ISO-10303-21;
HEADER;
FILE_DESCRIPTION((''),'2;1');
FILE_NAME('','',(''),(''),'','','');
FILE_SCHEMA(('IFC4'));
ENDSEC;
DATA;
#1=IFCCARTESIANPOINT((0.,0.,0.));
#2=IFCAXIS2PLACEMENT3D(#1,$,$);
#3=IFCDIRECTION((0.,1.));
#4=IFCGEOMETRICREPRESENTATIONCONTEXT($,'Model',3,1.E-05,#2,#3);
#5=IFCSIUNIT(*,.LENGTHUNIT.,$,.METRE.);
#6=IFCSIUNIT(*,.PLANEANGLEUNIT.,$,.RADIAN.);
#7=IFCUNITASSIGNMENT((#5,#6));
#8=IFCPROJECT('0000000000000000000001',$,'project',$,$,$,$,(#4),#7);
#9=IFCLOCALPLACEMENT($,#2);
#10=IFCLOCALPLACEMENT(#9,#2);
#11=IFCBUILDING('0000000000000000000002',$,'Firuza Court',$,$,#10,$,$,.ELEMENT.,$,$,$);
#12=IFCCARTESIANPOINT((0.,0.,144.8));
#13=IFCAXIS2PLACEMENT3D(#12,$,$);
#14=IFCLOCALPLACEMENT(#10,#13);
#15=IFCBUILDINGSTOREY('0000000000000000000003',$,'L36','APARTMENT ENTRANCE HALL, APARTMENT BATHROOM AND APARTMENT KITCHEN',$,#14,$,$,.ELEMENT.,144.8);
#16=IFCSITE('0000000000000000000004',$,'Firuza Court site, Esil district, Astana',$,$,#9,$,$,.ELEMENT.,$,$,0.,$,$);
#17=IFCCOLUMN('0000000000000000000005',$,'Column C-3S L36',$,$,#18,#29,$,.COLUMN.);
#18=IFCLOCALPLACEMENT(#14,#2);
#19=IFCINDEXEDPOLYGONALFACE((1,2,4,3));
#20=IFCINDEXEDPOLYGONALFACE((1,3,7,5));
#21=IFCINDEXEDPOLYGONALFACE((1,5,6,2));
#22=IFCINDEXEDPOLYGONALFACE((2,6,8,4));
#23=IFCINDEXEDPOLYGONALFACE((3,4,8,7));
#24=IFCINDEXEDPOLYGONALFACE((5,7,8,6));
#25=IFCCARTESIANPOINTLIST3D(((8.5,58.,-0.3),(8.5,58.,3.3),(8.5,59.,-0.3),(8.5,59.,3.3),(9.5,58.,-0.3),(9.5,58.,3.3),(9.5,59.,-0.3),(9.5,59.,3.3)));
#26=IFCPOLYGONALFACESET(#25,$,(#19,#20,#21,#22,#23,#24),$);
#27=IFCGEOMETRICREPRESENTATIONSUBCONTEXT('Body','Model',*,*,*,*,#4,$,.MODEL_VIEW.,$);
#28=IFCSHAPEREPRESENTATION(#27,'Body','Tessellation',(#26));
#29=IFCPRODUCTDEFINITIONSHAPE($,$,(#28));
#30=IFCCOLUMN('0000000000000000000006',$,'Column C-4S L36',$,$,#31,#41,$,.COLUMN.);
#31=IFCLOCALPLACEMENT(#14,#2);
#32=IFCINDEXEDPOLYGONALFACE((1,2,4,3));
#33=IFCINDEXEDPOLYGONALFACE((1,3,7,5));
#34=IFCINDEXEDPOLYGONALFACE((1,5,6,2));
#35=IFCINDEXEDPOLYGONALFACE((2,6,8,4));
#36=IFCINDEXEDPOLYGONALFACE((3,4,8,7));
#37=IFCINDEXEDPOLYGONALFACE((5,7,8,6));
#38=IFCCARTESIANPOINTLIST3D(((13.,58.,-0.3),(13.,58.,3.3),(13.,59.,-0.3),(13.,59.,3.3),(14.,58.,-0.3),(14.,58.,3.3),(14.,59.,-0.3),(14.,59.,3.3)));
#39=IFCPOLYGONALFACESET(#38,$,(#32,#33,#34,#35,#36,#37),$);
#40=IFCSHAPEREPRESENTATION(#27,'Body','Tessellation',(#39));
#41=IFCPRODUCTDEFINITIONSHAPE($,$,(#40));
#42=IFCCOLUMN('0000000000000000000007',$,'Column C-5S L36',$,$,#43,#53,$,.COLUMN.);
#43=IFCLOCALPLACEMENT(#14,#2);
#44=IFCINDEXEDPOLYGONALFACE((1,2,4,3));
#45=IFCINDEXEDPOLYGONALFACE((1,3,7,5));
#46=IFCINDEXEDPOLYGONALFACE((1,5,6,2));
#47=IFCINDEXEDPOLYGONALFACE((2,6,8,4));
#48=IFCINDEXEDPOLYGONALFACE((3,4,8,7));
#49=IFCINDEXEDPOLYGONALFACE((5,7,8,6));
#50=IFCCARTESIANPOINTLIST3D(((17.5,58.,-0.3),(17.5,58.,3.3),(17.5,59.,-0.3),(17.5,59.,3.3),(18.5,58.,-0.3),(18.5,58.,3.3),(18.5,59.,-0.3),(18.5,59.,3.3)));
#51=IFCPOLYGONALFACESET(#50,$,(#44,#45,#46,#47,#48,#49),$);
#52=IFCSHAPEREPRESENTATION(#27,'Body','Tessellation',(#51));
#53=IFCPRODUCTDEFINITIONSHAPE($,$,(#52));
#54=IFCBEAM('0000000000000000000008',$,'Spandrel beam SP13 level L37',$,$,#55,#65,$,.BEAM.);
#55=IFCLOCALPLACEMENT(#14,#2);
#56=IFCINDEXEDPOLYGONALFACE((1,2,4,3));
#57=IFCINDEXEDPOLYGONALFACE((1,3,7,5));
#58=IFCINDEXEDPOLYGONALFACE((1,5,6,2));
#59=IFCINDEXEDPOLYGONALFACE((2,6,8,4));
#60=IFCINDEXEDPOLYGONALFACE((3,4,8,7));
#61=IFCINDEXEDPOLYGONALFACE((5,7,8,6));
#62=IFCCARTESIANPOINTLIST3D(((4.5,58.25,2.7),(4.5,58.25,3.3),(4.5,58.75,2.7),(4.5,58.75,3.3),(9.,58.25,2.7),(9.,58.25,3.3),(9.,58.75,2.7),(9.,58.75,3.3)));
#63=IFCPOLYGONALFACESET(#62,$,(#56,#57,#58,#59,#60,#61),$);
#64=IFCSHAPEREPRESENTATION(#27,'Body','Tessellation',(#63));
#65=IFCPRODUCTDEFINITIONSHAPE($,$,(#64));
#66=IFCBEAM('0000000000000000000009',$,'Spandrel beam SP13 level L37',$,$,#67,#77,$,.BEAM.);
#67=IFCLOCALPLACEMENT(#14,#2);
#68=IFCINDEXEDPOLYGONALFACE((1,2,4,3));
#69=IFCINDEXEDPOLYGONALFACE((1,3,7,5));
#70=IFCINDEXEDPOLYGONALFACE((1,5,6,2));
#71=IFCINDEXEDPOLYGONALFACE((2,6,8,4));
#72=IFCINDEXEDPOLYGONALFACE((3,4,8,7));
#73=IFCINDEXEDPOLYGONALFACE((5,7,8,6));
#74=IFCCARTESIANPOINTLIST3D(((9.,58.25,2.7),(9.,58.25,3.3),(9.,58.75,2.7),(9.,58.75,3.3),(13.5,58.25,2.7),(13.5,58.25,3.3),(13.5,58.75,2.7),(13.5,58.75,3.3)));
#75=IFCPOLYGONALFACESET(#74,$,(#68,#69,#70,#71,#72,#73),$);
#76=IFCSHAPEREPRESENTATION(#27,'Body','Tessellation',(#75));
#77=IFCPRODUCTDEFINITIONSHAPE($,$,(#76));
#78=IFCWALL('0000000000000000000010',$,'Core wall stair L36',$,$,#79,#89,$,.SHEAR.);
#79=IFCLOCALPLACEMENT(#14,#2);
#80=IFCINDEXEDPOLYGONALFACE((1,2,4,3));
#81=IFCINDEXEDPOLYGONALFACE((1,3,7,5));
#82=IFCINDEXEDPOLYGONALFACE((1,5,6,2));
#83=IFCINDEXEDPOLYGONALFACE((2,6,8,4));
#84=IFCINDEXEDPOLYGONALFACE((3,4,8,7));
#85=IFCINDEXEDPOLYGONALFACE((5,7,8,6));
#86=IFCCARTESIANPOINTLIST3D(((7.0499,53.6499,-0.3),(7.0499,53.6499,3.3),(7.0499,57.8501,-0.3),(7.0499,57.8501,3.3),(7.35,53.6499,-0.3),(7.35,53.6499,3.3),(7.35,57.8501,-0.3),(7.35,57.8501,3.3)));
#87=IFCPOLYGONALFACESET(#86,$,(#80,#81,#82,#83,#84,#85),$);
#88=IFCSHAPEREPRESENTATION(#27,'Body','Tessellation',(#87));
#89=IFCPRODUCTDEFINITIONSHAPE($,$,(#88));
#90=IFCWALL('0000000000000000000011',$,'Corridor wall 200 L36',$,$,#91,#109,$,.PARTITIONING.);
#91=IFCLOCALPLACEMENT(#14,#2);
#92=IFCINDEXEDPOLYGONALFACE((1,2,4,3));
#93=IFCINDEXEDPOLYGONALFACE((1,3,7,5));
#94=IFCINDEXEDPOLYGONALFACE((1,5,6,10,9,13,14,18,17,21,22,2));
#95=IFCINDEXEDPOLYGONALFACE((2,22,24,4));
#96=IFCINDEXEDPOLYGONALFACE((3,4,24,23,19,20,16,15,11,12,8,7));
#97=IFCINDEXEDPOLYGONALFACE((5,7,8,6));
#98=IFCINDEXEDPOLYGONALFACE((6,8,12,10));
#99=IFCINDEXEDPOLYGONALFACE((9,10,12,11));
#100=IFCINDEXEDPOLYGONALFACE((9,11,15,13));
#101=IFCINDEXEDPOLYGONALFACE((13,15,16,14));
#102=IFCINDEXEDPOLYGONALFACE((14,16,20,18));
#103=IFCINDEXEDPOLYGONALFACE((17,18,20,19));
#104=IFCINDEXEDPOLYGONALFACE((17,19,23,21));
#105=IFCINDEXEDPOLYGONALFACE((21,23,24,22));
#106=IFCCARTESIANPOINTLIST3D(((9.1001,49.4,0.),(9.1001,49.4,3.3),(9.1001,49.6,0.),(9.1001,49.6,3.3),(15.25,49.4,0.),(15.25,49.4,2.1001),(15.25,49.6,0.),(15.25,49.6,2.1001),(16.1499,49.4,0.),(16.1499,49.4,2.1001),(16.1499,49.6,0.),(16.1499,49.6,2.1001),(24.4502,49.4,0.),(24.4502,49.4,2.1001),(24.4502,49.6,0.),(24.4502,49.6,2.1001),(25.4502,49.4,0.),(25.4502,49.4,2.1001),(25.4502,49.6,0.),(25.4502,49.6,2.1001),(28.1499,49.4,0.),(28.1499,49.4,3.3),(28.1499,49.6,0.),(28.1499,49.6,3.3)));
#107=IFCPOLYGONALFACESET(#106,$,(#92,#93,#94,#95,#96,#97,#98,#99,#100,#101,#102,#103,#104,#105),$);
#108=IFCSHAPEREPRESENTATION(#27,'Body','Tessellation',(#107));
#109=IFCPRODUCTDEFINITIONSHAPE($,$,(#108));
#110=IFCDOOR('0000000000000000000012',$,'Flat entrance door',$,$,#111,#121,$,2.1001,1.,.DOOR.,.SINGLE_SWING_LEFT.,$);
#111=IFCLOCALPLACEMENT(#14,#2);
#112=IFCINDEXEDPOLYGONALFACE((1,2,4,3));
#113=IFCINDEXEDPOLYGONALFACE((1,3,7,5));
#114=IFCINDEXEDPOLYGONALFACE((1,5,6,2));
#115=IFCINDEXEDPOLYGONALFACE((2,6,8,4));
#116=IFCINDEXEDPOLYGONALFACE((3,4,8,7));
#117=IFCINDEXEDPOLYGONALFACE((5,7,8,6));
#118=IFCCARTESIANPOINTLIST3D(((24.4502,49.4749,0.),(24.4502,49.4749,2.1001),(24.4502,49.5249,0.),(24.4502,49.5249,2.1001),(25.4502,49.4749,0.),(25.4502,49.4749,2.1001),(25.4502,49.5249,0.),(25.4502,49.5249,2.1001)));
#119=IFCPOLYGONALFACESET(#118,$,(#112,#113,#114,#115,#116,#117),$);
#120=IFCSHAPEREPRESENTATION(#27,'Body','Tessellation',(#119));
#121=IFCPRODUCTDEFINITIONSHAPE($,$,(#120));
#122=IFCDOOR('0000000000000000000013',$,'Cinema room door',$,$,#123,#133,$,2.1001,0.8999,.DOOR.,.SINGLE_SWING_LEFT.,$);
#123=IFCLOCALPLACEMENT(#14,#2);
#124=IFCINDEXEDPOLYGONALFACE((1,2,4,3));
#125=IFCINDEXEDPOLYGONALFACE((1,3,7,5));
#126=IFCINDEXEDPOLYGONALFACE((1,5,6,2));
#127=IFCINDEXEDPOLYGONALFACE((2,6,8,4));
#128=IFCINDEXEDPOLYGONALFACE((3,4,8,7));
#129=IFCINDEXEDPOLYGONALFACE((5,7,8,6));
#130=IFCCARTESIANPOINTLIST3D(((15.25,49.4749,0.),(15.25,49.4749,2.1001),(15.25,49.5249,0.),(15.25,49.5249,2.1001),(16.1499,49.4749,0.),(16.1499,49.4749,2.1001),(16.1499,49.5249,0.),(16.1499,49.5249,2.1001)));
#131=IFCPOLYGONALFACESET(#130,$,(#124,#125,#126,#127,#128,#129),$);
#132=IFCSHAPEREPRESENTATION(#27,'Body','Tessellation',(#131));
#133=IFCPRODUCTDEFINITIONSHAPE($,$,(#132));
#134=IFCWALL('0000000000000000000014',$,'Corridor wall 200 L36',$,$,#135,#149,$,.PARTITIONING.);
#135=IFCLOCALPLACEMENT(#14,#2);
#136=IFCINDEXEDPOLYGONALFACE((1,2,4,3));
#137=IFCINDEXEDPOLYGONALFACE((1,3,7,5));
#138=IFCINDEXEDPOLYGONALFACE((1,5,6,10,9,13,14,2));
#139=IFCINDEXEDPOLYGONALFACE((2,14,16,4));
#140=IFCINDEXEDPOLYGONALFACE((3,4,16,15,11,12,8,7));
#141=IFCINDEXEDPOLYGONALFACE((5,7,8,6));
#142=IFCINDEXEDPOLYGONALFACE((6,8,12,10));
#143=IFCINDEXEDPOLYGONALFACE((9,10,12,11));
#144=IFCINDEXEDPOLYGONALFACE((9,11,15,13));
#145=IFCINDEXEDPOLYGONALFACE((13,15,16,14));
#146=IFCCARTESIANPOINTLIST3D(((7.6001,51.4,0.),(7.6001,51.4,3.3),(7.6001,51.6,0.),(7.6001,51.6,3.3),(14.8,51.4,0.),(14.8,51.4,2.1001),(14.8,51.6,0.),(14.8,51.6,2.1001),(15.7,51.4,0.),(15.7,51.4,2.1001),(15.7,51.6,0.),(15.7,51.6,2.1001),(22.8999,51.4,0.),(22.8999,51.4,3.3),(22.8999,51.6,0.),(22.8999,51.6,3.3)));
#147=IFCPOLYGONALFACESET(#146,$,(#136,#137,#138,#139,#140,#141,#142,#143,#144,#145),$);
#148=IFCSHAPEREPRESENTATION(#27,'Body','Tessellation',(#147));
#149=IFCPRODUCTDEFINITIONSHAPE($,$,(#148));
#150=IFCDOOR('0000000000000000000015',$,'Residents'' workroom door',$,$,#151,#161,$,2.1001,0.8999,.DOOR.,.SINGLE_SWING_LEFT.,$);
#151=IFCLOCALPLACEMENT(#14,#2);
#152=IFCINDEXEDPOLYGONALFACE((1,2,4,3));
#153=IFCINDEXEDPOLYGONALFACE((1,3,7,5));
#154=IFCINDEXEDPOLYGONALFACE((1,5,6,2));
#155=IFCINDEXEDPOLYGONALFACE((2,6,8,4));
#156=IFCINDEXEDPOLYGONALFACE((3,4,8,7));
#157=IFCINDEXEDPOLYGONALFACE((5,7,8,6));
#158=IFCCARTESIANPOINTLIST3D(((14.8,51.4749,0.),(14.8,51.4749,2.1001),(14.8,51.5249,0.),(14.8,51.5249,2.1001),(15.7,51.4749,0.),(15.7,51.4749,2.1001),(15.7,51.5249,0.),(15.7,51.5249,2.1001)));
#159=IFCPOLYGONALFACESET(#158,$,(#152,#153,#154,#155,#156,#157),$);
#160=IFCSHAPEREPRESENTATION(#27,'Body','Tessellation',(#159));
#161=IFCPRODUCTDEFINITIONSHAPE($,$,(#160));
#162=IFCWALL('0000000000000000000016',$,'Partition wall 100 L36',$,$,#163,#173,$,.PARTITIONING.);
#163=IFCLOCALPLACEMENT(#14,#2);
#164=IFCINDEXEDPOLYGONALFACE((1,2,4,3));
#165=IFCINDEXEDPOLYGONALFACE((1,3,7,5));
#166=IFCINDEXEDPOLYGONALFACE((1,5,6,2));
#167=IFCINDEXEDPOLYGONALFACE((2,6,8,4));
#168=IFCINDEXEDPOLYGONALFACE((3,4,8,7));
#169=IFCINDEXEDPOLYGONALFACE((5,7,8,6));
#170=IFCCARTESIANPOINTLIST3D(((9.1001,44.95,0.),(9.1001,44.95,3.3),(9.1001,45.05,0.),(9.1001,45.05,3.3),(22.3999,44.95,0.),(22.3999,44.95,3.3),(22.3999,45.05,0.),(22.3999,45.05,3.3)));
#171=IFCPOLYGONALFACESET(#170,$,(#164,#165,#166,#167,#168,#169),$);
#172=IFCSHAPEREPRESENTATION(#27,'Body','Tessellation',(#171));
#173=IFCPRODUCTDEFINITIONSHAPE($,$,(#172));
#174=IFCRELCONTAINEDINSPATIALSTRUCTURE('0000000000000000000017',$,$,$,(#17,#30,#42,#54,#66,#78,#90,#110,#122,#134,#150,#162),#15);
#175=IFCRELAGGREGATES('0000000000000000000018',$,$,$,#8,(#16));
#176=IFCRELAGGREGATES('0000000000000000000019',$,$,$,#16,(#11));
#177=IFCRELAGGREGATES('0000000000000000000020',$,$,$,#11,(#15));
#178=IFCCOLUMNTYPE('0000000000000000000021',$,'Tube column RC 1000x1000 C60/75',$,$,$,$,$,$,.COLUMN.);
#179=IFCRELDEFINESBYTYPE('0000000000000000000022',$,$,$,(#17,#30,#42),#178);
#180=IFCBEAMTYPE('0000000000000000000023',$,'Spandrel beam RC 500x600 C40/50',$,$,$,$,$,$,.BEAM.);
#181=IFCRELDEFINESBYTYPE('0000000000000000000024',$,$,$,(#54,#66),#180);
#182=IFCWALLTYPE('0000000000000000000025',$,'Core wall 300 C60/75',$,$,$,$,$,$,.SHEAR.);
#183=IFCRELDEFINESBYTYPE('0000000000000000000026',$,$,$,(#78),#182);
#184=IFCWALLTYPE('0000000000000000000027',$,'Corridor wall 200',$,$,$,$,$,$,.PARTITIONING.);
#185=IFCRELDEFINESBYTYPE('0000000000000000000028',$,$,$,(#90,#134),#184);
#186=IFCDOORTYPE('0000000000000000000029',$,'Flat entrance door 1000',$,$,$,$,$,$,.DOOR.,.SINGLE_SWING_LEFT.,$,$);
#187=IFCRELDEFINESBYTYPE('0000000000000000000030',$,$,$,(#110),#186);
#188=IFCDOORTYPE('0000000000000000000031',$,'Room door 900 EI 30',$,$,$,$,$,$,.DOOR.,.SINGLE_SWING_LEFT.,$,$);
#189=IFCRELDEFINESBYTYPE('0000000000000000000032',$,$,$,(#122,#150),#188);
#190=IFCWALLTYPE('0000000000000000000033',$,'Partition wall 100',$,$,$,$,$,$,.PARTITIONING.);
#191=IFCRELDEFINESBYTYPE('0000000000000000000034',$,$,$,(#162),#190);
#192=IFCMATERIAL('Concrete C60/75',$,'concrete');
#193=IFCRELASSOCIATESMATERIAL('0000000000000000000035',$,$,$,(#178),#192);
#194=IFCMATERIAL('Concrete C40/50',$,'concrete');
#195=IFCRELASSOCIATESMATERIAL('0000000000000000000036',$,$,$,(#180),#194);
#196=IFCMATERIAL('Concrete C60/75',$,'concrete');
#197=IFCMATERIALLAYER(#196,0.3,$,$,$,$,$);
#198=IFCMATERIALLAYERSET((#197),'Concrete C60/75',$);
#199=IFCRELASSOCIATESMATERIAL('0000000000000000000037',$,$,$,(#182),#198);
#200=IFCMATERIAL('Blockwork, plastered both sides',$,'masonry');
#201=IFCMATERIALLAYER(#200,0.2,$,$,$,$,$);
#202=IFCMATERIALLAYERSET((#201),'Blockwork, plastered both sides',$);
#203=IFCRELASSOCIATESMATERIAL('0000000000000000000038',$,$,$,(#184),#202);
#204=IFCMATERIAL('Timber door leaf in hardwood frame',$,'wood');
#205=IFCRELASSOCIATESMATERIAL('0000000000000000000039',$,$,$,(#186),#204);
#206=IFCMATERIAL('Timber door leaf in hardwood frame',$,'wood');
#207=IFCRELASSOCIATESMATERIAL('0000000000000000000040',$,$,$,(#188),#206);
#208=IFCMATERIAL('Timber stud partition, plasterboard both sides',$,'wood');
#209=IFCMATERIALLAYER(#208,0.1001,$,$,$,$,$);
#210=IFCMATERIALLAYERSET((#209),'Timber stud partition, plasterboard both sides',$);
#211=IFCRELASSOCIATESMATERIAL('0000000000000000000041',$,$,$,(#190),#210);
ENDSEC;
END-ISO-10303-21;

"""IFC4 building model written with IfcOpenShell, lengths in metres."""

from ifc_helpers import new_model, si_unit, direction, frame, frame_2d, origin, origin_2d, place, context, subcontext, project, spatial, rectangle, extrude, material, layer, layer_set, material_profile, profile_set, type_object, element, fill, save


model = new_model("IFC4")

# Units and contexts
model_context = context("Model", 3, precision=1e-05, world=origin(), true_north=direction((0.0, 1.0)))
body_context = subcontext(model_context, "Body", "Model", "MODEL_VIEW")
ifc_project = project(units=[si_unit("LENGTHUNIT", "METRE"), si_unit("PLANEANGLEUNIT", "RADIAN")], contexts=[model_context])

# Site, building, storey
site_placement = place(None, origin())
site = spatial("IfcSite", under=ifc_project, at=site_placement, Name="Firuza Court site, Esil district, Astana", CompositionType="ELEMENT", RefElevation=0.0)
building_placement = place(site_placement, origin())
building = spatial("IfcBuilding", under=site, at=building_placement, Name="Firuza Court", CompositionType="ELEMENT")
storey_placement = place(building_placement, frame((0.0, 0.0, 144.8)))
storey = spatial("IfcBuildingStorey", under=building, at=storey_placement, Name="L36", Description="APARTMENT ENTRANCE HALL, APARTMENT BATHROOM AND APARTMENT KITCHEN", CompositionType="ELEMENT", Elevation=144.8)

# Columns
ifc_material_1 = material(Name="Concrete C60/75", Category="concrete")
ifc_material_profile_1 = material_profile(ifc_material_1, rectangle(XDim=1.0, YDim=1.0, at=origin_2d()), Name="RC 1000x1000")
ifc_profile_set_1 = profile_set([ifc_material_profile_1], Name="Concrete C60/75")
column_type = type_object("IfcColumnType", Name="Tube column RC 1000x1000 C60/75", PredefinedType="COLUMN", material=ifc_profile_set_1)
for number, where, z_axis, x_axis, name in (
    (1, (9.0, 58.5, -0.3), (0.0, 0.0, 1.0), (1.0, 0.0, 0.0), "Column C-3S L36"),
    (2, (13.5, 58.5, -0.3), (0.0, 0.0, 1.0), (1.0, 0.0, 0.0), "Column C-4S L36"),
    (3, (18.0, 58.5, -0.3), (0.0, 0.0, 1.0), (1.0, 0.0, 0.0), "Column C-5S L36"),
):
    element("IfcColumn", number, at=place(storey_placement, frame(where, z_axis=z_axis, x_axis=x_axis)), inside=storey, type_object=column_type, Name=name, PredefinedType="COLUMN", context=body_context, shape_type="SweptSolid", body=[
        extrude(rectangle(XDim=1.0, YDim=1.0, at=origin_2d()), origin(), (0.0, 0.0, 1.0), 3.6001),
    ])

# Beams
ifc_material_2 = material(Name="Concrete C40/50", Category="concrete")
ifc_material_profile_2 = material_profile(ifc_material_2, rectangle(XDim=0.5, YDim=0.6001, at=origin_2d()), Name="RC 500x600")
ifc_profile_set_2 = profile_set([ifc_material_profile_2], Name="Concrete C40/50")
beam_type = type_object("IfcBeamType", Name="Spandrel beam RC 500x600 C40/50", PredefinedType="BEAM", material=ifc_profile_set_2)
for number, where, z_axis, x_axis, name in (
    (4, (9.0, 58.5, 3.0), (-1.0, 0.0, 0.0), (0.0, -1.0, 0.0), "Spandrel beam SP13 level L37"),
    (5, (13.5, 58.5, 3.0), (-1.0, 0.0, 0.0), (0.0, -1.0, 0.0), "Spandrel beam SP13 level L37"),
):
    element("IfcBeam", number, at=place(storey_placement, frame(where, z_axis=z_axis, x_axis=x_axis)), inside=storey, type_object=beam_type, Name=name, PredefinedType="BEAM", context=body_context, shape_type="SweptSolid", body=[
        extrude(rectangle(XDim=0.5, YDim=0.6001, at=origin_2d()), origin(), (0.0, 0.0, 1.0), 4.5),
    ])

# Wall
ifc_material_3 = material(Name="Concrete C60/75", Category="concrete")
ifc_layer_1 = layer(ifc_material_3, 0.3)
ifc_layer_set_1 = layer_set([ifc_layer_1], Name="Concrete C60/75")
wall_type_1 = type_object("IfcWallType", Name="Core wall 300 C60/75", PredefinedType="SHEAR", material=ifc_layer_set_1)
wall_1_placement = place(storey_placement, frame((7.2, 53.6499, -0.3), z_axis=(0.0, 0.0, 1.0), x_axis=(0.0, 1.0, 0.0)))
element("IfcWall", 6, at=wall_1_placement, inside=storey, type_object=wall_type_1, Name="Core wall stair L36", PredefinedType="SHEAR", context=body_context, shape_type="SweptSolid", body=[
    extrude(rectangle(XDim=4.2002, YDim=0.3, at=frame_2d((2.1001, 0.0))), origin(), (0.0, 0.0, 1.0), 3.6001),
])

# Wall, openings, doors
ifc_material_4 = material(Name="Blockwork, plastered both sides", Category="masonry")
ifc_layer_2 = layer(ifc_material_4, 0.2)
ifc_layer_set_2 = layer_set([ifc_layer_2], Name="Blockwork, plastered both sides")
wall_type_2 = type_object("IfcWallType", Name="Corridor wall 200", PredefinedType="PARTITIONING", material=ifc_layer_set_2)
wall_2_placement = place(storey_placement, frame((9.1001, 49.5, 0.0), z_axis=(0.0, 0.0, 1.0), x_axis=(1.0, 0.0, 0.0)))
wall_2 = element("IfcWall", 7, at=wall_2_placement, inside=storey, type_object=wall_type_2, Name="Corridor wall 200 L36", PredefinedType="PARTITIONING", context=body_context, shape_type="SweptSolid", body=[
    extrude(rectangle(XDim=19.0498, YDim=0.2, at=frame_2d((9.5249, 0.0))), origin(), (0.0, 0.0, 1.0), 3.3),
])
opening_1_placement = place(wall_2_placement, frame((15.3501, 0.0, 0.0)))
opening_1 = element("IfcOpeningElement", 8, at=opening_1_placement, cuts=wall_2, PredefinedType="OPENING", context=body_context, shape_type="SweptSolid", body=[
    extrude(rectangle(XDim=1.0, YDim=2.1001, at=frame_2d((0.5, 1.05))), frame((0.0, 0.1118, 0.0), z_axis=(0.0, -1.0, 0.0), x_axis=(1.0, 0.0, 0.0)), (0.0, 0.0, 1.0), 0.2239),
])
opening_2_placement = place(wall_2_placement, frame((6.1499, 0.0, 0.0)))
opening_2 = element("IfcOpeningElement", 9, at=opening_2_placement, cuts=wall_2, PredefinedType="OPENING", context=body_context, shape_type="SweptSolid", body=[
    extrude(rectangle(XDim=0.8999, YDim=2.1001, at=frame_2d((0.45, 1.05))), frame((0.0, 0.1118, 0.0), z_axis=(0.0, -1.0, 0.0), x_axis=(1.0, 0.0, 0.0)), (0.0, 0.0, 1.0), 0.2239),
])
ifc_material_5 = material(Name="Timber door leaf in hardwood frame", Category="wood")
door_type_1 = type_object("IfcDoorType", Name="Flat entrance door 1000", OperationType="SINGLE_SWING_LEFT", PredefinedType="DOOR", material=ifc_material_5)
door_1_placement = place(opening_1_placement, origin())
door_1 = element("IfcDoor", 10, at=door_1_placement, inside=storey, type_object=door_type_1, Name="Flat entrance door", OperationType="SINGLE_SWING_LEFT", OverallHeight=2.1001, OverallWidth=1.0, PredefinedType="DOOR", context=body_context, shape_type="SweptSolid", body=[
    extrude(rectangle(XDim=1.0, YDim=2.1001, at=frame_2d((0.5, 1.05))), frame((0.0, 0.0249, 0.0), z_axis=(0.0, -1.0, 0.0), x_axis=(1.0, 0.0, 0.0)), (0.0, 0.0, 1.0), 0.05),
])
fill(opening_1, door_1)
ifc_material_6 = material(Name="Timber door leaf in hardwood frame", Category="wood")
door_type_2 = type_object("IfcDoorType", Name="Room door 900 EI 30", OperationType="SINGLE_SWING_LEFT", PredefinedType="DOOR", material=ifc_material_6)
door_2_placement = place(opening_2_placement, origin())
door_2 = element("IfcDoor", 11, at=door_2_placement, inside=storey, type_object=door_type_2, Name="Cinema room door", OperationType="SINGLE_SWING_LEFT", OverallHeight=2.1001, OverallWidth=0.8999, PredefinedType="DOOR", context=body_context, shape_type="SweptSolid", body=[
    extrude(rectangle(XDim=0.8999, YDim=2.1001, at=frame_2d((0.45, 1.05))), frame((0.0, 0.0249, 0.0), z_axis=(0.0, -1.0, 0.0), x_axis=(1.0, 0.0, 0.0)), (0.0, 0.0, 1.0), 0.05),
])
fill(opening_2, door_2)

# Wall, opening, door
wall_3_placement = place(storey_placement, frame((7.6001, 51.5, 0.0), z_axis=(0.0, 0.0, 1.0), x_axis=(1.0, 0.0, 0.0)))
wall_3 = element("IfcWall", 12, at=wall_3_placement, inside=storey, type_object=wall_type_2, Name="Corridor wall 200 L36", PredefinedType="PARTITIONING", context=body_context, shape_type="SweptSolid", body=[
    extrude(rectangle(XDim=15.2998, YDim=0.2, at=frame_2d((7.6499, 0.0))), origin(), (0.0, 0.0, 1.0), 3.3),
])
opening_3_placement = place(wall_3_placement, frame((7.2, 0.0, 0.0)))
opening_3 = element("IfcOpeningElement", 13, at=opening_3_placement, cuts=wall_3, PredefinedType="OPENING", context=body_context, shape_type="SweptSolid", body=[
    extrude(rectangle(XDim=0.8999, YDim=2.1001, at=frame_2d((0.45, 1.05))), frame((0.0, 0.1118, 0.0), z_axis=(0.0, -1.0, 0.0), x_axis=(1.0, 0.0, 0.0)), (0.0, 0.0, 1.0), 0.2239),
])
door_3_placement = place(opening_3_placement, origin())
door_3 = element("IfcDoor", 14, at=door_3_placement, inside=storey, type_object=door_type_2, Name="Residents' workroom door", OperationType="SINGLE_SWING_LEFT", OverallHeight=2.1001, OverallWidth=0.8999, PredefinedType="DOOR", context=body_context, shape_type="SweptSolid", body=[
    extrude(rectangle(XDim=0.8999, YDim=2.1001, at=frame_2d((0.45, 1.05))), frame((0.0, 0.0249, 0.0), z_axis=(0.0, -1.0, 0.0), x_axis=(1.0, 0.0, 0.0)), (0.0, 0.0, 1.0), 0.05),
])
fill(opening_3, door_3)

# Wall
ifc_material_7 = material(Name="Timber stud partition, plasterboard both sides", Category="wood")
ifc_layer_3 = layer(ifc_material_7, 0.1001)
ifc_layer_set_3 = layer_set([ifc_layer_3], Name="Timber stud partition, plasterboard both sides")
wall_type_3 = type_object("IfcWallType", Name="Partition wall 100", PredefinedType="PARTITIONING", material=ifc_layer_set_3)
wall_4_placement = place(storey_placement, frame((9.1001, 45.0, 0.0), z_axis=(0.0, 0.0, 1.0), x_axis=(1.0, 0.0, 0.0)))
element("IfcWall", 15, at=wall_4_placement, inside=storey, type_object=wall_type_3, Name="Partition wall 100 L36", PredefinedType="PARTITIONING", context=body_context, shape_type="SweptSolid", body=[
    extrude(rectangle(XDim=13.2998, YDim=0.1001, at=frame_2d((6.6499, 0.0))), origin(), (0.0, 0.0, 1.0), 3.3),
])

save(model, "model.ifc")
